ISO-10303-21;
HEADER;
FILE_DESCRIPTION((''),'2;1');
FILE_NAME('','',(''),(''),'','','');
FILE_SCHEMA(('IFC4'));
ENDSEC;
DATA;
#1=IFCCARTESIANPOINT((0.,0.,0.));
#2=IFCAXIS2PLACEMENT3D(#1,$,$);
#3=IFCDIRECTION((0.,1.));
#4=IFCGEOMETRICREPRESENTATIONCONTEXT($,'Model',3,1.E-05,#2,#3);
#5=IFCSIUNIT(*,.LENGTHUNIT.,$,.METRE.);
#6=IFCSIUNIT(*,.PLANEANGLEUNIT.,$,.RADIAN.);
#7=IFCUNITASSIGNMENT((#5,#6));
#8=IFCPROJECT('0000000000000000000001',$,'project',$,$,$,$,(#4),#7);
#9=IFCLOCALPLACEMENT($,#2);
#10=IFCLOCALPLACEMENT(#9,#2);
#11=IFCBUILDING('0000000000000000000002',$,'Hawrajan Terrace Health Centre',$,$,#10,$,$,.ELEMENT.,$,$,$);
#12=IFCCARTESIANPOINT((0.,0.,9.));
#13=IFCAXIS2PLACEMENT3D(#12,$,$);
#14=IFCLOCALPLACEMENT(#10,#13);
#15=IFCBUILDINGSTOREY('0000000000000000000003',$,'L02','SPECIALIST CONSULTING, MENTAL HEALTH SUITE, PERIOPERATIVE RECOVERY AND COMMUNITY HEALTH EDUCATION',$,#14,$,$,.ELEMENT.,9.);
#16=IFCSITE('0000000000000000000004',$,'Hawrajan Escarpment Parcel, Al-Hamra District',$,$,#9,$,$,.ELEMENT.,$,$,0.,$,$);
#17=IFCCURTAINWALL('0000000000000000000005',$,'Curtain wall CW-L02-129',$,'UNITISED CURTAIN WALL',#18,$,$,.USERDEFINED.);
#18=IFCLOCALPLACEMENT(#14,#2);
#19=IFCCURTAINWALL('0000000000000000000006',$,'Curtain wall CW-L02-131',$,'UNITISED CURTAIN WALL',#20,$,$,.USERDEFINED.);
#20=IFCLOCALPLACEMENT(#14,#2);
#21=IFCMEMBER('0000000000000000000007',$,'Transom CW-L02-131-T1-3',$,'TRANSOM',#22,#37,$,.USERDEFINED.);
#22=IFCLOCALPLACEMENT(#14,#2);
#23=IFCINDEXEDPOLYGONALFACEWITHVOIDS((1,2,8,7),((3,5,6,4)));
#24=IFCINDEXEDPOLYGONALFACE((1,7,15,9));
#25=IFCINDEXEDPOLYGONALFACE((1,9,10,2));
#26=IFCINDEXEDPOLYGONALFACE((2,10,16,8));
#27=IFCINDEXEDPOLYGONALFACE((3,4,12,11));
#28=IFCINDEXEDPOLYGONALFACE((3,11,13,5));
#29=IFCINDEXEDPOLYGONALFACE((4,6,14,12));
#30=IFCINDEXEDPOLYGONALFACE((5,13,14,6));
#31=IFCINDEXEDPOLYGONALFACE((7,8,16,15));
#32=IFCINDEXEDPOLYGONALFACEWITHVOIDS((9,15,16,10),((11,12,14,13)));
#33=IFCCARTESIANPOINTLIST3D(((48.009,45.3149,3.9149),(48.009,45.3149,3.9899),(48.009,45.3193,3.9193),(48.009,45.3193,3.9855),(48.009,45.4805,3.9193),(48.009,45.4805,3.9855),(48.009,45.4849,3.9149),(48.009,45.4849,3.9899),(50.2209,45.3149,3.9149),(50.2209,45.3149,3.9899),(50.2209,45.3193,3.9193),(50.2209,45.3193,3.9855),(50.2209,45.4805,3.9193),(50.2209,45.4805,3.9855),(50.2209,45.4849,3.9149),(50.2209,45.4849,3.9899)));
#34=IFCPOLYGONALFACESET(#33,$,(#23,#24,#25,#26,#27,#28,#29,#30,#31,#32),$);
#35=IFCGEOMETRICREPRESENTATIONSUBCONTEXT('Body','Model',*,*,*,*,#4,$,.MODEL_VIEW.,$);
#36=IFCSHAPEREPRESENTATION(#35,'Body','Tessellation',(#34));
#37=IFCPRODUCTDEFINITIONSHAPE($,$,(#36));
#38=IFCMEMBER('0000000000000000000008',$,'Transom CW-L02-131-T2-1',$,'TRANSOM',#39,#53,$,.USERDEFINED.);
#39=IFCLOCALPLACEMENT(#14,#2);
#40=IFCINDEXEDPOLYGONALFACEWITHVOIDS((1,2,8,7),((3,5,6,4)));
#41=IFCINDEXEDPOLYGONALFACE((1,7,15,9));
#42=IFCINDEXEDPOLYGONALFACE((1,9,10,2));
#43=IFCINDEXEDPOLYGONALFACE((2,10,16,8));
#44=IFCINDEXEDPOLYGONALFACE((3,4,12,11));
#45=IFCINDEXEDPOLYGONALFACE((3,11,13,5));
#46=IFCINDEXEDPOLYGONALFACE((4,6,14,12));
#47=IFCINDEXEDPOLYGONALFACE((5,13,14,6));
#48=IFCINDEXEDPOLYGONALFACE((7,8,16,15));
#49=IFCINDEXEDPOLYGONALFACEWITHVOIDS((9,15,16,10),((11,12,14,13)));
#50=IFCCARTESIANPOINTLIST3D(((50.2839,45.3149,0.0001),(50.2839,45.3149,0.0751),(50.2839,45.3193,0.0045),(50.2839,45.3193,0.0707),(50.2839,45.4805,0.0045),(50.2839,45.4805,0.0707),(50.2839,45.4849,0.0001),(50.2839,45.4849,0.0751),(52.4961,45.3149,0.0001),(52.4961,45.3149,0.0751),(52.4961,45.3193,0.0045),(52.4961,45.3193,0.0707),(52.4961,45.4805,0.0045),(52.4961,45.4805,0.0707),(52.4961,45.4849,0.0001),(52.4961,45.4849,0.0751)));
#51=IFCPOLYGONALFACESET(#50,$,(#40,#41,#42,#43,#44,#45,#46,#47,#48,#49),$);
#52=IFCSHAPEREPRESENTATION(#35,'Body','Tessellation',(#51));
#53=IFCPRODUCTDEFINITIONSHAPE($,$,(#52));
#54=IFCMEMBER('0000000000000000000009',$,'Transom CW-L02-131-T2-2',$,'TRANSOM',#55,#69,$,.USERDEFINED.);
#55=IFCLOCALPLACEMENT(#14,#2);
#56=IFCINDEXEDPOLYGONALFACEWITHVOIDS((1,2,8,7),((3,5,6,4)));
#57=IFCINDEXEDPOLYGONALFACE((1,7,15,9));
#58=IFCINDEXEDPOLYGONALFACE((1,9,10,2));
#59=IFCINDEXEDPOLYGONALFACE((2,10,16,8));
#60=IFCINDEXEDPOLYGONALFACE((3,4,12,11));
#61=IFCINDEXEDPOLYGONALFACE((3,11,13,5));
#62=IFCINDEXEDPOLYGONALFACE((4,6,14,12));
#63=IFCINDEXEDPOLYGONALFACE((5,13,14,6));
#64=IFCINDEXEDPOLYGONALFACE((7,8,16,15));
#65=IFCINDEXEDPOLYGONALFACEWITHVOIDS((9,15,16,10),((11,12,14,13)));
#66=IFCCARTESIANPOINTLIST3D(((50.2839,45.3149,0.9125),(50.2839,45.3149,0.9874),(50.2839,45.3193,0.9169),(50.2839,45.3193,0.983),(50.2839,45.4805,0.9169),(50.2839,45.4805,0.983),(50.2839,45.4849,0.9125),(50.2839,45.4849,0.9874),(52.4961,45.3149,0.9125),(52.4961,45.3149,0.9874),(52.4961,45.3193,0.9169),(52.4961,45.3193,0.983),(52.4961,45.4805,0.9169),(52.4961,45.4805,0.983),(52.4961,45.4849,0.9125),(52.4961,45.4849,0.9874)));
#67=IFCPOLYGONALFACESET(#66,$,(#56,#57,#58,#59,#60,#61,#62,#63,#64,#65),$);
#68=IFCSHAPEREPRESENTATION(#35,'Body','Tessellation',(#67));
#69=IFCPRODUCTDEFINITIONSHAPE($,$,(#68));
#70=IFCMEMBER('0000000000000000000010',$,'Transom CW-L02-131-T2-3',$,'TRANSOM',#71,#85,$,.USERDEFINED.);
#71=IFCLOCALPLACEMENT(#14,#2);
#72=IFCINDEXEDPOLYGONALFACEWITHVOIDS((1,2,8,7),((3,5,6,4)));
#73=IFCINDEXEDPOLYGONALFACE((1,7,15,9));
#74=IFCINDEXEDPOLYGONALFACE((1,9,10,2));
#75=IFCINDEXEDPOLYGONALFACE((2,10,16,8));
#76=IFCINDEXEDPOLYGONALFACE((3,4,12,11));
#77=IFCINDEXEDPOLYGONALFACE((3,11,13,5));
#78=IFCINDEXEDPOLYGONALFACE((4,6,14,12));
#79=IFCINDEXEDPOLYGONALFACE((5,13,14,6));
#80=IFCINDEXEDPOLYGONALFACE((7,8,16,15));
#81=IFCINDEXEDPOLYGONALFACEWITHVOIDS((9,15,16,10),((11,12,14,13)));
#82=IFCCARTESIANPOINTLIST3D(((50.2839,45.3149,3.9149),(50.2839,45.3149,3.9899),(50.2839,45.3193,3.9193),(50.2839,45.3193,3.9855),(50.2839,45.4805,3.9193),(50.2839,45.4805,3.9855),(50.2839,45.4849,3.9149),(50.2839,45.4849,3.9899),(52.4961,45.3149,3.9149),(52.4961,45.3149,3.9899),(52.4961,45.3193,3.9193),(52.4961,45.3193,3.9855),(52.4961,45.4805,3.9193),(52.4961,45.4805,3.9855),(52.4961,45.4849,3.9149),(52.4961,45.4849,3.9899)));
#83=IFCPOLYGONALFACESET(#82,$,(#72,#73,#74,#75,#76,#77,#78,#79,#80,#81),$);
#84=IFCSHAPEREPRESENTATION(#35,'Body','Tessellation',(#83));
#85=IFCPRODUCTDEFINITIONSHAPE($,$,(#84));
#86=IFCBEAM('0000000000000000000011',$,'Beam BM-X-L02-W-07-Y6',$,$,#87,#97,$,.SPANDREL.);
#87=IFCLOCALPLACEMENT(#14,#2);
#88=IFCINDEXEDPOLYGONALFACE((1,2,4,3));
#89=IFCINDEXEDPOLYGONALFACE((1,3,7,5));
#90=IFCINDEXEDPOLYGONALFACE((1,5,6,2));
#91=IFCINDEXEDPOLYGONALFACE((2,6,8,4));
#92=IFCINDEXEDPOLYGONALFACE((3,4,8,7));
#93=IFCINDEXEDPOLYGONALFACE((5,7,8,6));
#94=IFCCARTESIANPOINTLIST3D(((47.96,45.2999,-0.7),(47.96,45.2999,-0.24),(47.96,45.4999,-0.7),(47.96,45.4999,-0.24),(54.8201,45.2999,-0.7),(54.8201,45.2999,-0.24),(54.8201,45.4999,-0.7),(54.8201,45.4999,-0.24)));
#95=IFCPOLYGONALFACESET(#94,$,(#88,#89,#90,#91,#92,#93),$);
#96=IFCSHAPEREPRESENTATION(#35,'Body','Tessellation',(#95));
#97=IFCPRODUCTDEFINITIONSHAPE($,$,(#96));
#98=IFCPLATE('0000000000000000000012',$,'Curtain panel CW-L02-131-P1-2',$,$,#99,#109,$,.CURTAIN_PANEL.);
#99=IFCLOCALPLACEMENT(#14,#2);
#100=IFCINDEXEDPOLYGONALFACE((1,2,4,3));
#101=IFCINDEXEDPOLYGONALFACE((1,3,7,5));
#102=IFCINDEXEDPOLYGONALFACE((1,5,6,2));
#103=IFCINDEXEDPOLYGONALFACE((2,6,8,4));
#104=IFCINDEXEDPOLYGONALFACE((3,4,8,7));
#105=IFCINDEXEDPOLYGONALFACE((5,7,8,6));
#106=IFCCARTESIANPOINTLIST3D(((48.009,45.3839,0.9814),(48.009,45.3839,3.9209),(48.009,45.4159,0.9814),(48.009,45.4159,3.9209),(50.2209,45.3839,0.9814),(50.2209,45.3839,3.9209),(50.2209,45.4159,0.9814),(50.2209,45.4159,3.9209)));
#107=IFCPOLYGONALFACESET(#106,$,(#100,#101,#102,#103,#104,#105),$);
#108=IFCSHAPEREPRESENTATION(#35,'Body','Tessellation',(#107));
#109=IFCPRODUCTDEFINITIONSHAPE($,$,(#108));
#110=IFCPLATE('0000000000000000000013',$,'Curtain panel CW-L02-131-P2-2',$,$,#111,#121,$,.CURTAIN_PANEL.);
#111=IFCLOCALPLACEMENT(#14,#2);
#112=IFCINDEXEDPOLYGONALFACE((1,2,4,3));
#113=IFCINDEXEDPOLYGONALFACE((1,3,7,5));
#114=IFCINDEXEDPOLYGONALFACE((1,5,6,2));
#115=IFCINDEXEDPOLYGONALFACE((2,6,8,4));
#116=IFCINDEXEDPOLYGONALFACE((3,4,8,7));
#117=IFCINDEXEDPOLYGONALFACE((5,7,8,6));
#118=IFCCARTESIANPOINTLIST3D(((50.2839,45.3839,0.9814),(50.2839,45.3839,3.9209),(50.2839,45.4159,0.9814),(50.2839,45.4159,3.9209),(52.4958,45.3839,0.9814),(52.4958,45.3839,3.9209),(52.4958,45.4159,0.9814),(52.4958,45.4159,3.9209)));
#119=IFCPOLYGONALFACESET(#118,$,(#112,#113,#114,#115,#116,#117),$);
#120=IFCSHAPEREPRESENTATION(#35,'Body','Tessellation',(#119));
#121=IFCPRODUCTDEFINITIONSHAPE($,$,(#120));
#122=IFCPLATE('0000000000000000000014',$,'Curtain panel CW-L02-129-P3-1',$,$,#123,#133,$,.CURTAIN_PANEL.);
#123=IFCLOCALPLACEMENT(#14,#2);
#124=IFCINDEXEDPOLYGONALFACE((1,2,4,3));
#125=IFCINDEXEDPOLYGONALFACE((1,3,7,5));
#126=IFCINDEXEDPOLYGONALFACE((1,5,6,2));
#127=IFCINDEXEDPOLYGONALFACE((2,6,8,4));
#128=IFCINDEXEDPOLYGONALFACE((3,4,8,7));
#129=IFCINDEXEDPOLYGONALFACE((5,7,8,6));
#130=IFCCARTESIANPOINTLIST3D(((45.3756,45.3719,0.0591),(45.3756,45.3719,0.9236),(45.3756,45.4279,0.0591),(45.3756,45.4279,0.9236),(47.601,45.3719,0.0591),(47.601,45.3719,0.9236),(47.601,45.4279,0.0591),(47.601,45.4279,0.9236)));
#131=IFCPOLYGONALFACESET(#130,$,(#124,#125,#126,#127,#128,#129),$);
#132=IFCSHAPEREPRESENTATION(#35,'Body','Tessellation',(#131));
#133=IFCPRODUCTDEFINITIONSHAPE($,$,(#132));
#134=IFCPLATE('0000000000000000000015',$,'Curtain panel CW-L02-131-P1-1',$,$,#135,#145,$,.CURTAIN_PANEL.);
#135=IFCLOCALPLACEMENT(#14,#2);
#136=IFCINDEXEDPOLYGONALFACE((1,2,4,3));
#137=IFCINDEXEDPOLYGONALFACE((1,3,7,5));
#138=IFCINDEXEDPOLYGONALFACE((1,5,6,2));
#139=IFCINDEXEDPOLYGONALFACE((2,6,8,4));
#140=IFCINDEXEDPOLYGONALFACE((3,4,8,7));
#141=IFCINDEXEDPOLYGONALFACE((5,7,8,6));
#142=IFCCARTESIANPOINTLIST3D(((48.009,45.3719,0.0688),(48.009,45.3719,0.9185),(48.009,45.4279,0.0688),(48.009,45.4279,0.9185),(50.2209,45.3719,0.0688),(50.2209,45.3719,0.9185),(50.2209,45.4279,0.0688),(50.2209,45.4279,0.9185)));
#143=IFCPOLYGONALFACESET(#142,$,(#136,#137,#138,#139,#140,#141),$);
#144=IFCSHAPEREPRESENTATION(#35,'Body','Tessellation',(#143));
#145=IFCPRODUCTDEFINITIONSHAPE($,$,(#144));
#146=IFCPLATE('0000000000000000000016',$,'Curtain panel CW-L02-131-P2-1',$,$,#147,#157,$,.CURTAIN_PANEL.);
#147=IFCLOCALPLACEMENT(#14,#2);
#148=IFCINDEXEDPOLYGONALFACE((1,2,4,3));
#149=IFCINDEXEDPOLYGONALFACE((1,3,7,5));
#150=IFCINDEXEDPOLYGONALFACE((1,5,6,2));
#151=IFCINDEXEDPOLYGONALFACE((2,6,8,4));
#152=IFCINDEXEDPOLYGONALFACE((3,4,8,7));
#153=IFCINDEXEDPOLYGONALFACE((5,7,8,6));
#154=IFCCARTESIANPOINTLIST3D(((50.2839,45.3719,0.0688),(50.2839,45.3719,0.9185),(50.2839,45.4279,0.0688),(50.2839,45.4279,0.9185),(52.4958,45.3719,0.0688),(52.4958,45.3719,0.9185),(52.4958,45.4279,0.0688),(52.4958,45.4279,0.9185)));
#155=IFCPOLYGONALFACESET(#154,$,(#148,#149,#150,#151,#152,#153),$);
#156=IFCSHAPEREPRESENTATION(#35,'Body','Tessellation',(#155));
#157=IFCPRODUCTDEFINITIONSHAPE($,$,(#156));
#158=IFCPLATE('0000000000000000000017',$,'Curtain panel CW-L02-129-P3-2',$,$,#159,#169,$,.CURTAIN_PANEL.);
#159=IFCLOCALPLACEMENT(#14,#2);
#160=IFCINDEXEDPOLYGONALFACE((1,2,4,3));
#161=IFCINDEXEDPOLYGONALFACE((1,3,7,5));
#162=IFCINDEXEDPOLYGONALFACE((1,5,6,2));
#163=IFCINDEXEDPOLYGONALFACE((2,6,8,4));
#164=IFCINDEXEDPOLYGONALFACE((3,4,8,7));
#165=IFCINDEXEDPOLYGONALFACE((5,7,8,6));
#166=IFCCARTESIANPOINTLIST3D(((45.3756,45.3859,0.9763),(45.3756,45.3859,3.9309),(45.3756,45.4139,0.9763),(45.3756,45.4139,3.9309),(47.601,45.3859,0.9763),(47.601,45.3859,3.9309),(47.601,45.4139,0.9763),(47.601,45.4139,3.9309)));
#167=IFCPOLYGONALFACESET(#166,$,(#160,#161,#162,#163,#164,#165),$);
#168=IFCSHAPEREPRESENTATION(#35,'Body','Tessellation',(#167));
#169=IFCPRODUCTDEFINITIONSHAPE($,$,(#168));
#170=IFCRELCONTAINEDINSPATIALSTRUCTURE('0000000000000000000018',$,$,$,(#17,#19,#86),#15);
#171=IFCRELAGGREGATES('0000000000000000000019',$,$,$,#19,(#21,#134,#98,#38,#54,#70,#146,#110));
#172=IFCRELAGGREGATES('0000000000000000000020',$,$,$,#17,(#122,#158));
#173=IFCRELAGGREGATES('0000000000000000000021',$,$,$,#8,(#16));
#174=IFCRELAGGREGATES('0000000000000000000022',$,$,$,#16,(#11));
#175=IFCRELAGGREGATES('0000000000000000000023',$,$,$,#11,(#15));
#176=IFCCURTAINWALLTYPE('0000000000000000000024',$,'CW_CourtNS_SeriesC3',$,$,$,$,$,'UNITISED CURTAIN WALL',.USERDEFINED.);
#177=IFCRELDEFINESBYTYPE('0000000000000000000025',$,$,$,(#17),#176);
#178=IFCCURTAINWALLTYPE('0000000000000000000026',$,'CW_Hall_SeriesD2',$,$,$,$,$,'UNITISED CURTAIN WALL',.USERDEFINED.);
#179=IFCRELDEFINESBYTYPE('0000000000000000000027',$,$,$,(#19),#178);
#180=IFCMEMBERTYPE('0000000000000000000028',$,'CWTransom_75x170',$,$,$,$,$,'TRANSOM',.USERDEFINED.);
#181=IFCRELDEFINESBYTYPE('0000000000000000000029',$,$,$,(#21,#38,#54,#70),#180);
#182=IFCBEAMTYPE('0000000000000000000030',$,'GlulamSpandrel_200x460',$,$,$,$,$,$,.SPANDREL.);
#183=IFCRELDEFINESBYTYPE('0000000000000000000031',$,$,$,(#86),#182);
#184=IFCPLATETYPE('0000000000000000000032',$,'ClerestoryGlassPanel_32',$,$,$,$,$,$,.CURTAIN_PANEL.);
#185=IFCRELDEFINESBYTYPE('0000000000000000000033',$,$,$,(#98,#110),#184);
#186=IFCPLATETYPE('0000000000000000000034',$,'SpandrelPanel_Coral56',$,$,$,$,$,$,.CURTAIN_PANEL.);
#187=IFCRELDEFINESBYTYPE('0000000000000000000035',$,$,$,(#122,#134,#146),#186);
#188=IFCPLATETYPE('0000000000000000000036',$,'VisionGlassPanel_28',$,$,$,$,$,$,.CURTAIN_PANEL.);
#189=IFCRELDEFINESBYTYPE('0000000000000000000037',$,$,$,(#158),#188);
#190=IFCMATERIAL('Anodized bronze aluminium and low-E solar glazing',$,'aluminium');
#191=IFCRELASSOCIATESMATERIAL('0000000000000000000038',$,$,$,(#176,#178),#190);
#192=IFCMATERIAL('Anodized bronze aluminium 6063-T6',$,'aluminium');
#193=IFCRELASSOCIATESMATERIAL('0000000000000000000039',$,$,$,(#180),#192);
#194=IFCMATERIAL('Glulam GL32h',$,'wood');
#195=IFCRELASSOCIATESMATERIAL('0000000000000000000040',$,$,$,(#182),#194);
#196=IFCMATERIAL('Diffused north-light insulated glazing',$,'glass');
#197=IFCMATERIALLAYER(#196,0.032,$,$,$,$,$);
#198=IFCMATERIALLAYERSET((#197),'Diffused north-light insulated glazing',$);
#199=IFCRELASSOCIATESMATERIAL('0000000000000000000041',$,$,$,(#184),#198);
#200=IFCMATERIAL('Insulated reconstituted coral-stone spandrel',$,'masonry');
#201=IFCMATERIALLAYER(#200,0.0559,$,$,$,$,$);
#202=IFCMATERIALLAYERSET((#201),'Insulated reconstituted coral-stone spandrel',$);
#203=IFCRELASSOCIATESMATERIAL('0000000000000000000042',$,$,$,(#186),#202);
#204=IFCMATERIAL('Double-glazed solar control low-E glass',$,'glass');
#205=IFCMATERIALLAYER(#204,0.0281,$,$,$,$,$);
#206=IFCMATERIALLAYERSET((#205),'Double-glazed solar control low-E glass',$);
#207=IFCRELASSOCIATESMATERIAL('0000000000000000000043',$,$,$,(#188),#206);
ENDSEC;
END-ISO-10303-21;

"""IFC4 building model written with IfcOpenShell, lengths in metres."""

from ifc_helpers import new_model, si_unit, direction, frame, origin, origin_2d, place, context, subcontext, project, spatial, rectangle, hollow_rectangle, extrude, material, layer, layer_set, material_profile, profile_set, type_object, element, aggregate, save


model = new_model("IFC4")

# Units and contexts
model_context = context("Model", 3, precision=1e-05, world=origin(), true_north=direction((0.0, 1.0)))
body_context = subcontext(model_context, "Body", "Model", "MODEL_VIEW")
ifc_project = project(units=[si_unit("LENGTHUNIT", "METRE"), si_unit("PLANEANGLEUNIT", "RADIAN")], contexts=[model_context])

# Site, building, storey
site_placement = place(None, origin())
site = spatial("IfcSite", under=ifc_project, at=site_placement, Name="Hawrajan Escarpment Parcel, Al-Hamra District", CompositionType="ELEMENT", RefElevation=0.0)
building_placement = place(site_placement, origin())
building = spatial("IfcBuilding", under=site, at=building_placement, Name="Hawrajan Terrace Health Centre", CompositionType="ELEMENT")
storey_placement = place(building_placement, frame((0.0, 0.0, 9.0)))
storey = spatial("IfcBuildingStorey", under=building, at=storey_placement, Name="L02", Description="SPECIALIST CONSULTING, MENTAL HEALTH SUITE, PERIOPERATIVE RECOVERY AND COMMUNITY HEALTH EDUCATION", CompositionType="ELEMENT", Elevation=9.0)

# Shared definitions
ifc_material_1 = material(Name="Glulam GL32h", Category="wood")

# Curtain wall
ifc_material_2 = material(Name="Anodized bronze aluminium and low-E solar glazing", Category="aluminium")
curtain_wall_type_1 = type_object("IfcCurtainWallType", Name="CW_CourtNS_SeriesC3", ElementType="UNITISED CURTAIN WALL", PredefinedType="USERDEFINED", material=ifc_material_2)
curtain_wall_1_placement = place(storey_placement, origin())
curtain_wall_1 = element("IfcCurtainWall", 1, at=curtain_wall_1_placement, inside=storey, type_object=curtain_wall_type_1, Name="Curtain wall CW-L02-129", ObjectType="UNITISED CURTAIN WALL", PredefinedType="USERDEFINED")
ifc_material_3 = material(Name="Anodized bronze aluminium 6063-T6", Category="aluminium")

# Curtain wall
curtain_wall_type_2 = type_object("IfcCurtainWallType", Name="CW_Hall_SeriesD2", ElementType="UNITISED CURTAIN WALL", PredefinedType="USERDEFINED", material=ifc_material_2)
curtain_wall_2_placement = place(storey_placement, origin())
curtain_wall_2 = element("IfcCurtainWall", 2, at=curtain_wall_2_placement, inside=storey, type_object=curtain_wall_type_2, Name="Curtain wall CW-L02-131", ObjectType="UNITISED CURTAIN WALL", PredefinedType="USERDEFINED")

# Members
ifc_material_profile_1 = material_profile(ifc_material_3, hollow_rectangle(XDim=0.075, YDim=0.1699, WallThickness=0.0044, at=origin_2d()), Name="CW TRN 75x170")
ifc_profile_set_1 = profile_set([ifc_material_profile_1], Name="Anodized bronze aluminium 6063-T6")
member_type_1 = type_object("IfcMemberType", Name="CWTransom_75x170", ElementType="TRANSOM", PredefinedType="USERDEFINED", material=ifc_profile_set_1)
member_1_placement = place(storey_placement, frame((48.009, 45.3999, 3.9524), z_axis=(1.0, 0.0, 0.0), x_axis=(0.0, 0.0, 1.0)))
member_1 = element("IfcMember", 3, at=member_1_placement, type_object=member_type_1, Name="Transom CW-L02-131-T1-3", ObjectType="TRANSOM", PredefinedType="USERDEFINED", context=body_context, shape_type="SweptSolid", body=[
    extrude(hollow_rectangle(XDim=0.075, YDim=0.1699, WallThickness=0.0044, at=origin_2d()), origin(), (0.0, 0.0, 1.0), 2.2119),
])
member_2_placement = place(storey_placement, frame((50.2839, 45.3999, 0.0376), z_axis=(1.0, 0.0, 0.0), x_axis=(0.0, 0.0, 1.0)))
member_2 = element("IfcMember", 4, at=member_2_placement, type_object=member_type_1, Name="Transom CW-L02-131-T2-1", ObjectType="TRANSOM", PredefinedType="USERDEFINED", context=body_context, shape_type="SweptSolid", body=[
    extrude(hollow_rectangle(XDim=0.075, YDim=0.1699, WallThickness=0.0044, at=origin_2d()), origin(), (0.0, 0.0, 1.0), 2.2122),
])
member_3_placement = place(storey_placement, frame((50.2839, 45.3999, 0.95), z_axis=(1.0, 0.0, 0.0), x_axis=(0.0, 0.0, 1.0)))
member_3 = element("IfcMember", 5, at=member_3_placement, type_object=member_type_1, Name="Transom CW-L02-131-T2-2", ObjectType="TRANSOM", PredefinedType="USERDEFINED", context=body_context, shape_type="SweptSolid", body=[
    extrude(hollow_rectangle(XDim=0.075, YDim=0.1699, WallThickness=0.0044, at=origin_2d()), origin(), (0.0, 0.0, 1.0), 2.2122),
])
member_4_placement = place(storey_placement, frame((50.2839, 45.3999, 3.9524), z_axis=(1.0, 0.0, 0.0), x_axis=(0.0, 0.0, 1.0)))
member_4 = element("IfcMember", 6, at=member_4_placement, type_object=member_type_1, Name="Transom CW-L02-131-T2-3", ObjectType="TRANSOM", PredefinedType="USERDEFINED", context=body_context, shape_type="SweptSolid", body=[
    extrude(hollow_rectangle(XDim=0.075, YDim=0.1699, WallThickness=0.0044, at=origin_2d()), origin(), (0.0, 0.0, 1.0), 2.2122),
])

# Beam
ifc_material_profile_2 = material_profile(ifc_material_1, rectangle(XDim=0.2, YDim=0.46, at=origin_2d()), Name="GL SP 200x460")
ifc_profile_set_2 = profile_set([ifc_material_profile_2], Name="Glulam GL32h")
beam_type = type_object("IfcBeamType", Name="GlulamSpandrel_200x460", PredefinedType="SPANDREL", material=ifc_profile_set_2)
beam_placement = place(storey_placement, frame((47.96, 45.3999, -0.47), z_axis=(1.0, 0.0, 0.0), x_axis=(0.0, 1.0, 0.0)))
element("IfcBeam", 7, at=beam_placement, inside=storey, type_object=beam_type, Name="Beam BM-X-L02-W-07-Y6", PredefinedType="SPANDREL", context=body_context, shape_type="SweptSolid", body=[
    extrude(rectangle(XDim=0.2, YDim=0.46, at=origin_2d()), origin(), (0.0, 0.0, 1.0), 6.8601),
])

# Plates
ifc_material_4 = material(Name="Diffused north-light insulated glazing", Category="glass")
ifc_layer_1 = layer(ifc_material_4, 0.032)
ifc_layer_set_1 = layer_set([ifc_layer_1], Name="Diffused north-light insulated glazing")
plate_type_1 = type_object("IfcPlateType", Name="ClerestoryGlassPanel_32", PredefinedType="CURTAIN_PANEL", material=ifc_layer_set_1)
plate_1_placement = place(storey_placement, frame((49.115, 45.3999, 0.9814), z_axis=(0.0, 0.0, 1.0), x_axis=(1.0, 0.0, 0.0)))
plate_1 = element("IfcPlate", 8, at=plate_1_placement, type_object=plate_type_1, Name="Curtain panel CW-L02-131-P1-2", PredefinedType="CURTAIN_PANEL", context=body_context, shape_type="SweptSolid", body=[
    extrude(rectangle(XDim=2.2119, YDim=0.032, at=origin_2d()), origin(), (0.0, 0.0, 1.0), 2.9395),
])
plate_2_placement = place(storey_placement, frame((51.3899, 45.3999, 0.9814), z_axis=(0.0, 0.0, 1.0), x_axis=(1.0, 0.0, 0.0)))
plate_2 = element("IfcPlate", 9, at=plate_2_placement, type_object=plate_type_1, Name="Curtain panel CW-L02-131-P2-2", PredefinedType="CURTAIN_PANEL", context=body_context, shape_type="SweptSolid", body=[
    extrude(rectangle(XDim=2.2119, YDim=0.032, at=origin_2d()), origin(), (0.0, 0.0, 1.0), 2.9395),
])
ifc_material_5 = material(Name="Insulated reconstituted coral-stone spandrel", Category="masonry")
ifc_layer_2 = layer(ifc_material_5, 0.0559)
ifc_layer_set_2 = layer_set([ifc_layer_2], Name="Insulated reconstituted coral-stone spandrel")
plate_type_2 = type_object("IfcPlateType", Name="SpandrelPanel_Coral56", PredefinedType="CURTAIN_PANEL", material=ifc_layer_set_2)
plate_3_placement = place(storey_placement, frame((46.4883, 45.3999, 0.0591), z_axis=(0.0, 0.0, 1.0), x_axis=(1.0, 0.0, 0.0)))
plate_3 = element("IfcPlate", 10, at=plate_3_placement, type_object=plate_type_2, Name="Curtain panel CW-L02-129-P3-1", PredefinedType="CURTAIN_PANEL", context=body_context, shape_type="SweptSolid", body=[
    extrude(rectangle(XDim=2.2253, YDim=0.0559, at=origin_2d()), origin(), (0.0, 0.0, 1.0), 0.8645),
])
plate_4_placement = place(storey_placement, frame((49.115, 45.3999, 0.0688), z_axis=(0.0, 0.0, 1.0), x_axis=(1.0, 0.0, 0.0)))
plate_4 = element("IfcPlate", 11, at=plate_4_placement, type_object=plate_type_2, Name="Curtain panel CW-L02-131-P1-1", PredefinedType="CURTAIN_PANEL", context=body_context, shape_type="SweptSolid", body=[
    extrude(rectangle(XDim=2.2119, YDim=0.0559, at=origin_2d()), origin(), (0.0, 0.0, 1.0), 0.8496),
])
plate_5_placement = place(storey_placement, frame((51.3899, 45.3999, 0.0688), z_axis=(0.0, 0.0, 1.0), x_axis=(1.0, 0.0, 0.0)))
plate_5 = element("IfcPlate", 12, at=plate_5_placement, type_object=plate_type_2, Name="Curtain panel CW-L02-131-P2-1", PredefinedType="CURTAIN_PANEL", context=body_context, shape_type="SweptSolid", body=[
    extrude(rectangle(XDim=2.2119, YDim=0.0559, at=origin_2d()), origin(), (0.0, 0.0, 1.0), 0.8496),
])
aggregate(curtain_wall_2, [member_1, plate_4, plate_1, member_2, member_3, member_4, plate_5, plate_2])
ifc_material_6 = material(Name="Double-glazed solar control low-E glass", Category="glass")
ifc_layer_3 = layer(ifc_material_6, 0.0281)
ifc_layer_set_3 = layer_set([ifc_layer_3], Name="Double-glazed solar control low-E glass")
plate_type_3 = type_object("IfcPlateType", Name="VisionGlassPanel_28", PredefinedType="CURTAIN_PANEL", material=ifc_layer_set_3)
plate_6_placement = place(storey_placement, frame((46.4883, 45.3999, 0.9763), z_axis=(0.0, 0.0, 1.0), x_axis=(1.0, 0.0, 0.0)))
plate_6 = element("IfcPlate", 13, at=plate_6_placement, type_object=plate_type_3, Name="Curtain panel CW-L02-129-P3-2", PredefinedType="CURTAIN_PANEL", context=body_context, shape_type="SweptSolid", body=[
    extrude(rectangle(XDim=2.2253, YDim=0.0281, at=origin_2d()), origin(), (0.0, 0.0, 1.0), 2.9546),
])
aggregate(curtain_wall_1, [plate_3, plate_6])

save(model, "model.ifc")
